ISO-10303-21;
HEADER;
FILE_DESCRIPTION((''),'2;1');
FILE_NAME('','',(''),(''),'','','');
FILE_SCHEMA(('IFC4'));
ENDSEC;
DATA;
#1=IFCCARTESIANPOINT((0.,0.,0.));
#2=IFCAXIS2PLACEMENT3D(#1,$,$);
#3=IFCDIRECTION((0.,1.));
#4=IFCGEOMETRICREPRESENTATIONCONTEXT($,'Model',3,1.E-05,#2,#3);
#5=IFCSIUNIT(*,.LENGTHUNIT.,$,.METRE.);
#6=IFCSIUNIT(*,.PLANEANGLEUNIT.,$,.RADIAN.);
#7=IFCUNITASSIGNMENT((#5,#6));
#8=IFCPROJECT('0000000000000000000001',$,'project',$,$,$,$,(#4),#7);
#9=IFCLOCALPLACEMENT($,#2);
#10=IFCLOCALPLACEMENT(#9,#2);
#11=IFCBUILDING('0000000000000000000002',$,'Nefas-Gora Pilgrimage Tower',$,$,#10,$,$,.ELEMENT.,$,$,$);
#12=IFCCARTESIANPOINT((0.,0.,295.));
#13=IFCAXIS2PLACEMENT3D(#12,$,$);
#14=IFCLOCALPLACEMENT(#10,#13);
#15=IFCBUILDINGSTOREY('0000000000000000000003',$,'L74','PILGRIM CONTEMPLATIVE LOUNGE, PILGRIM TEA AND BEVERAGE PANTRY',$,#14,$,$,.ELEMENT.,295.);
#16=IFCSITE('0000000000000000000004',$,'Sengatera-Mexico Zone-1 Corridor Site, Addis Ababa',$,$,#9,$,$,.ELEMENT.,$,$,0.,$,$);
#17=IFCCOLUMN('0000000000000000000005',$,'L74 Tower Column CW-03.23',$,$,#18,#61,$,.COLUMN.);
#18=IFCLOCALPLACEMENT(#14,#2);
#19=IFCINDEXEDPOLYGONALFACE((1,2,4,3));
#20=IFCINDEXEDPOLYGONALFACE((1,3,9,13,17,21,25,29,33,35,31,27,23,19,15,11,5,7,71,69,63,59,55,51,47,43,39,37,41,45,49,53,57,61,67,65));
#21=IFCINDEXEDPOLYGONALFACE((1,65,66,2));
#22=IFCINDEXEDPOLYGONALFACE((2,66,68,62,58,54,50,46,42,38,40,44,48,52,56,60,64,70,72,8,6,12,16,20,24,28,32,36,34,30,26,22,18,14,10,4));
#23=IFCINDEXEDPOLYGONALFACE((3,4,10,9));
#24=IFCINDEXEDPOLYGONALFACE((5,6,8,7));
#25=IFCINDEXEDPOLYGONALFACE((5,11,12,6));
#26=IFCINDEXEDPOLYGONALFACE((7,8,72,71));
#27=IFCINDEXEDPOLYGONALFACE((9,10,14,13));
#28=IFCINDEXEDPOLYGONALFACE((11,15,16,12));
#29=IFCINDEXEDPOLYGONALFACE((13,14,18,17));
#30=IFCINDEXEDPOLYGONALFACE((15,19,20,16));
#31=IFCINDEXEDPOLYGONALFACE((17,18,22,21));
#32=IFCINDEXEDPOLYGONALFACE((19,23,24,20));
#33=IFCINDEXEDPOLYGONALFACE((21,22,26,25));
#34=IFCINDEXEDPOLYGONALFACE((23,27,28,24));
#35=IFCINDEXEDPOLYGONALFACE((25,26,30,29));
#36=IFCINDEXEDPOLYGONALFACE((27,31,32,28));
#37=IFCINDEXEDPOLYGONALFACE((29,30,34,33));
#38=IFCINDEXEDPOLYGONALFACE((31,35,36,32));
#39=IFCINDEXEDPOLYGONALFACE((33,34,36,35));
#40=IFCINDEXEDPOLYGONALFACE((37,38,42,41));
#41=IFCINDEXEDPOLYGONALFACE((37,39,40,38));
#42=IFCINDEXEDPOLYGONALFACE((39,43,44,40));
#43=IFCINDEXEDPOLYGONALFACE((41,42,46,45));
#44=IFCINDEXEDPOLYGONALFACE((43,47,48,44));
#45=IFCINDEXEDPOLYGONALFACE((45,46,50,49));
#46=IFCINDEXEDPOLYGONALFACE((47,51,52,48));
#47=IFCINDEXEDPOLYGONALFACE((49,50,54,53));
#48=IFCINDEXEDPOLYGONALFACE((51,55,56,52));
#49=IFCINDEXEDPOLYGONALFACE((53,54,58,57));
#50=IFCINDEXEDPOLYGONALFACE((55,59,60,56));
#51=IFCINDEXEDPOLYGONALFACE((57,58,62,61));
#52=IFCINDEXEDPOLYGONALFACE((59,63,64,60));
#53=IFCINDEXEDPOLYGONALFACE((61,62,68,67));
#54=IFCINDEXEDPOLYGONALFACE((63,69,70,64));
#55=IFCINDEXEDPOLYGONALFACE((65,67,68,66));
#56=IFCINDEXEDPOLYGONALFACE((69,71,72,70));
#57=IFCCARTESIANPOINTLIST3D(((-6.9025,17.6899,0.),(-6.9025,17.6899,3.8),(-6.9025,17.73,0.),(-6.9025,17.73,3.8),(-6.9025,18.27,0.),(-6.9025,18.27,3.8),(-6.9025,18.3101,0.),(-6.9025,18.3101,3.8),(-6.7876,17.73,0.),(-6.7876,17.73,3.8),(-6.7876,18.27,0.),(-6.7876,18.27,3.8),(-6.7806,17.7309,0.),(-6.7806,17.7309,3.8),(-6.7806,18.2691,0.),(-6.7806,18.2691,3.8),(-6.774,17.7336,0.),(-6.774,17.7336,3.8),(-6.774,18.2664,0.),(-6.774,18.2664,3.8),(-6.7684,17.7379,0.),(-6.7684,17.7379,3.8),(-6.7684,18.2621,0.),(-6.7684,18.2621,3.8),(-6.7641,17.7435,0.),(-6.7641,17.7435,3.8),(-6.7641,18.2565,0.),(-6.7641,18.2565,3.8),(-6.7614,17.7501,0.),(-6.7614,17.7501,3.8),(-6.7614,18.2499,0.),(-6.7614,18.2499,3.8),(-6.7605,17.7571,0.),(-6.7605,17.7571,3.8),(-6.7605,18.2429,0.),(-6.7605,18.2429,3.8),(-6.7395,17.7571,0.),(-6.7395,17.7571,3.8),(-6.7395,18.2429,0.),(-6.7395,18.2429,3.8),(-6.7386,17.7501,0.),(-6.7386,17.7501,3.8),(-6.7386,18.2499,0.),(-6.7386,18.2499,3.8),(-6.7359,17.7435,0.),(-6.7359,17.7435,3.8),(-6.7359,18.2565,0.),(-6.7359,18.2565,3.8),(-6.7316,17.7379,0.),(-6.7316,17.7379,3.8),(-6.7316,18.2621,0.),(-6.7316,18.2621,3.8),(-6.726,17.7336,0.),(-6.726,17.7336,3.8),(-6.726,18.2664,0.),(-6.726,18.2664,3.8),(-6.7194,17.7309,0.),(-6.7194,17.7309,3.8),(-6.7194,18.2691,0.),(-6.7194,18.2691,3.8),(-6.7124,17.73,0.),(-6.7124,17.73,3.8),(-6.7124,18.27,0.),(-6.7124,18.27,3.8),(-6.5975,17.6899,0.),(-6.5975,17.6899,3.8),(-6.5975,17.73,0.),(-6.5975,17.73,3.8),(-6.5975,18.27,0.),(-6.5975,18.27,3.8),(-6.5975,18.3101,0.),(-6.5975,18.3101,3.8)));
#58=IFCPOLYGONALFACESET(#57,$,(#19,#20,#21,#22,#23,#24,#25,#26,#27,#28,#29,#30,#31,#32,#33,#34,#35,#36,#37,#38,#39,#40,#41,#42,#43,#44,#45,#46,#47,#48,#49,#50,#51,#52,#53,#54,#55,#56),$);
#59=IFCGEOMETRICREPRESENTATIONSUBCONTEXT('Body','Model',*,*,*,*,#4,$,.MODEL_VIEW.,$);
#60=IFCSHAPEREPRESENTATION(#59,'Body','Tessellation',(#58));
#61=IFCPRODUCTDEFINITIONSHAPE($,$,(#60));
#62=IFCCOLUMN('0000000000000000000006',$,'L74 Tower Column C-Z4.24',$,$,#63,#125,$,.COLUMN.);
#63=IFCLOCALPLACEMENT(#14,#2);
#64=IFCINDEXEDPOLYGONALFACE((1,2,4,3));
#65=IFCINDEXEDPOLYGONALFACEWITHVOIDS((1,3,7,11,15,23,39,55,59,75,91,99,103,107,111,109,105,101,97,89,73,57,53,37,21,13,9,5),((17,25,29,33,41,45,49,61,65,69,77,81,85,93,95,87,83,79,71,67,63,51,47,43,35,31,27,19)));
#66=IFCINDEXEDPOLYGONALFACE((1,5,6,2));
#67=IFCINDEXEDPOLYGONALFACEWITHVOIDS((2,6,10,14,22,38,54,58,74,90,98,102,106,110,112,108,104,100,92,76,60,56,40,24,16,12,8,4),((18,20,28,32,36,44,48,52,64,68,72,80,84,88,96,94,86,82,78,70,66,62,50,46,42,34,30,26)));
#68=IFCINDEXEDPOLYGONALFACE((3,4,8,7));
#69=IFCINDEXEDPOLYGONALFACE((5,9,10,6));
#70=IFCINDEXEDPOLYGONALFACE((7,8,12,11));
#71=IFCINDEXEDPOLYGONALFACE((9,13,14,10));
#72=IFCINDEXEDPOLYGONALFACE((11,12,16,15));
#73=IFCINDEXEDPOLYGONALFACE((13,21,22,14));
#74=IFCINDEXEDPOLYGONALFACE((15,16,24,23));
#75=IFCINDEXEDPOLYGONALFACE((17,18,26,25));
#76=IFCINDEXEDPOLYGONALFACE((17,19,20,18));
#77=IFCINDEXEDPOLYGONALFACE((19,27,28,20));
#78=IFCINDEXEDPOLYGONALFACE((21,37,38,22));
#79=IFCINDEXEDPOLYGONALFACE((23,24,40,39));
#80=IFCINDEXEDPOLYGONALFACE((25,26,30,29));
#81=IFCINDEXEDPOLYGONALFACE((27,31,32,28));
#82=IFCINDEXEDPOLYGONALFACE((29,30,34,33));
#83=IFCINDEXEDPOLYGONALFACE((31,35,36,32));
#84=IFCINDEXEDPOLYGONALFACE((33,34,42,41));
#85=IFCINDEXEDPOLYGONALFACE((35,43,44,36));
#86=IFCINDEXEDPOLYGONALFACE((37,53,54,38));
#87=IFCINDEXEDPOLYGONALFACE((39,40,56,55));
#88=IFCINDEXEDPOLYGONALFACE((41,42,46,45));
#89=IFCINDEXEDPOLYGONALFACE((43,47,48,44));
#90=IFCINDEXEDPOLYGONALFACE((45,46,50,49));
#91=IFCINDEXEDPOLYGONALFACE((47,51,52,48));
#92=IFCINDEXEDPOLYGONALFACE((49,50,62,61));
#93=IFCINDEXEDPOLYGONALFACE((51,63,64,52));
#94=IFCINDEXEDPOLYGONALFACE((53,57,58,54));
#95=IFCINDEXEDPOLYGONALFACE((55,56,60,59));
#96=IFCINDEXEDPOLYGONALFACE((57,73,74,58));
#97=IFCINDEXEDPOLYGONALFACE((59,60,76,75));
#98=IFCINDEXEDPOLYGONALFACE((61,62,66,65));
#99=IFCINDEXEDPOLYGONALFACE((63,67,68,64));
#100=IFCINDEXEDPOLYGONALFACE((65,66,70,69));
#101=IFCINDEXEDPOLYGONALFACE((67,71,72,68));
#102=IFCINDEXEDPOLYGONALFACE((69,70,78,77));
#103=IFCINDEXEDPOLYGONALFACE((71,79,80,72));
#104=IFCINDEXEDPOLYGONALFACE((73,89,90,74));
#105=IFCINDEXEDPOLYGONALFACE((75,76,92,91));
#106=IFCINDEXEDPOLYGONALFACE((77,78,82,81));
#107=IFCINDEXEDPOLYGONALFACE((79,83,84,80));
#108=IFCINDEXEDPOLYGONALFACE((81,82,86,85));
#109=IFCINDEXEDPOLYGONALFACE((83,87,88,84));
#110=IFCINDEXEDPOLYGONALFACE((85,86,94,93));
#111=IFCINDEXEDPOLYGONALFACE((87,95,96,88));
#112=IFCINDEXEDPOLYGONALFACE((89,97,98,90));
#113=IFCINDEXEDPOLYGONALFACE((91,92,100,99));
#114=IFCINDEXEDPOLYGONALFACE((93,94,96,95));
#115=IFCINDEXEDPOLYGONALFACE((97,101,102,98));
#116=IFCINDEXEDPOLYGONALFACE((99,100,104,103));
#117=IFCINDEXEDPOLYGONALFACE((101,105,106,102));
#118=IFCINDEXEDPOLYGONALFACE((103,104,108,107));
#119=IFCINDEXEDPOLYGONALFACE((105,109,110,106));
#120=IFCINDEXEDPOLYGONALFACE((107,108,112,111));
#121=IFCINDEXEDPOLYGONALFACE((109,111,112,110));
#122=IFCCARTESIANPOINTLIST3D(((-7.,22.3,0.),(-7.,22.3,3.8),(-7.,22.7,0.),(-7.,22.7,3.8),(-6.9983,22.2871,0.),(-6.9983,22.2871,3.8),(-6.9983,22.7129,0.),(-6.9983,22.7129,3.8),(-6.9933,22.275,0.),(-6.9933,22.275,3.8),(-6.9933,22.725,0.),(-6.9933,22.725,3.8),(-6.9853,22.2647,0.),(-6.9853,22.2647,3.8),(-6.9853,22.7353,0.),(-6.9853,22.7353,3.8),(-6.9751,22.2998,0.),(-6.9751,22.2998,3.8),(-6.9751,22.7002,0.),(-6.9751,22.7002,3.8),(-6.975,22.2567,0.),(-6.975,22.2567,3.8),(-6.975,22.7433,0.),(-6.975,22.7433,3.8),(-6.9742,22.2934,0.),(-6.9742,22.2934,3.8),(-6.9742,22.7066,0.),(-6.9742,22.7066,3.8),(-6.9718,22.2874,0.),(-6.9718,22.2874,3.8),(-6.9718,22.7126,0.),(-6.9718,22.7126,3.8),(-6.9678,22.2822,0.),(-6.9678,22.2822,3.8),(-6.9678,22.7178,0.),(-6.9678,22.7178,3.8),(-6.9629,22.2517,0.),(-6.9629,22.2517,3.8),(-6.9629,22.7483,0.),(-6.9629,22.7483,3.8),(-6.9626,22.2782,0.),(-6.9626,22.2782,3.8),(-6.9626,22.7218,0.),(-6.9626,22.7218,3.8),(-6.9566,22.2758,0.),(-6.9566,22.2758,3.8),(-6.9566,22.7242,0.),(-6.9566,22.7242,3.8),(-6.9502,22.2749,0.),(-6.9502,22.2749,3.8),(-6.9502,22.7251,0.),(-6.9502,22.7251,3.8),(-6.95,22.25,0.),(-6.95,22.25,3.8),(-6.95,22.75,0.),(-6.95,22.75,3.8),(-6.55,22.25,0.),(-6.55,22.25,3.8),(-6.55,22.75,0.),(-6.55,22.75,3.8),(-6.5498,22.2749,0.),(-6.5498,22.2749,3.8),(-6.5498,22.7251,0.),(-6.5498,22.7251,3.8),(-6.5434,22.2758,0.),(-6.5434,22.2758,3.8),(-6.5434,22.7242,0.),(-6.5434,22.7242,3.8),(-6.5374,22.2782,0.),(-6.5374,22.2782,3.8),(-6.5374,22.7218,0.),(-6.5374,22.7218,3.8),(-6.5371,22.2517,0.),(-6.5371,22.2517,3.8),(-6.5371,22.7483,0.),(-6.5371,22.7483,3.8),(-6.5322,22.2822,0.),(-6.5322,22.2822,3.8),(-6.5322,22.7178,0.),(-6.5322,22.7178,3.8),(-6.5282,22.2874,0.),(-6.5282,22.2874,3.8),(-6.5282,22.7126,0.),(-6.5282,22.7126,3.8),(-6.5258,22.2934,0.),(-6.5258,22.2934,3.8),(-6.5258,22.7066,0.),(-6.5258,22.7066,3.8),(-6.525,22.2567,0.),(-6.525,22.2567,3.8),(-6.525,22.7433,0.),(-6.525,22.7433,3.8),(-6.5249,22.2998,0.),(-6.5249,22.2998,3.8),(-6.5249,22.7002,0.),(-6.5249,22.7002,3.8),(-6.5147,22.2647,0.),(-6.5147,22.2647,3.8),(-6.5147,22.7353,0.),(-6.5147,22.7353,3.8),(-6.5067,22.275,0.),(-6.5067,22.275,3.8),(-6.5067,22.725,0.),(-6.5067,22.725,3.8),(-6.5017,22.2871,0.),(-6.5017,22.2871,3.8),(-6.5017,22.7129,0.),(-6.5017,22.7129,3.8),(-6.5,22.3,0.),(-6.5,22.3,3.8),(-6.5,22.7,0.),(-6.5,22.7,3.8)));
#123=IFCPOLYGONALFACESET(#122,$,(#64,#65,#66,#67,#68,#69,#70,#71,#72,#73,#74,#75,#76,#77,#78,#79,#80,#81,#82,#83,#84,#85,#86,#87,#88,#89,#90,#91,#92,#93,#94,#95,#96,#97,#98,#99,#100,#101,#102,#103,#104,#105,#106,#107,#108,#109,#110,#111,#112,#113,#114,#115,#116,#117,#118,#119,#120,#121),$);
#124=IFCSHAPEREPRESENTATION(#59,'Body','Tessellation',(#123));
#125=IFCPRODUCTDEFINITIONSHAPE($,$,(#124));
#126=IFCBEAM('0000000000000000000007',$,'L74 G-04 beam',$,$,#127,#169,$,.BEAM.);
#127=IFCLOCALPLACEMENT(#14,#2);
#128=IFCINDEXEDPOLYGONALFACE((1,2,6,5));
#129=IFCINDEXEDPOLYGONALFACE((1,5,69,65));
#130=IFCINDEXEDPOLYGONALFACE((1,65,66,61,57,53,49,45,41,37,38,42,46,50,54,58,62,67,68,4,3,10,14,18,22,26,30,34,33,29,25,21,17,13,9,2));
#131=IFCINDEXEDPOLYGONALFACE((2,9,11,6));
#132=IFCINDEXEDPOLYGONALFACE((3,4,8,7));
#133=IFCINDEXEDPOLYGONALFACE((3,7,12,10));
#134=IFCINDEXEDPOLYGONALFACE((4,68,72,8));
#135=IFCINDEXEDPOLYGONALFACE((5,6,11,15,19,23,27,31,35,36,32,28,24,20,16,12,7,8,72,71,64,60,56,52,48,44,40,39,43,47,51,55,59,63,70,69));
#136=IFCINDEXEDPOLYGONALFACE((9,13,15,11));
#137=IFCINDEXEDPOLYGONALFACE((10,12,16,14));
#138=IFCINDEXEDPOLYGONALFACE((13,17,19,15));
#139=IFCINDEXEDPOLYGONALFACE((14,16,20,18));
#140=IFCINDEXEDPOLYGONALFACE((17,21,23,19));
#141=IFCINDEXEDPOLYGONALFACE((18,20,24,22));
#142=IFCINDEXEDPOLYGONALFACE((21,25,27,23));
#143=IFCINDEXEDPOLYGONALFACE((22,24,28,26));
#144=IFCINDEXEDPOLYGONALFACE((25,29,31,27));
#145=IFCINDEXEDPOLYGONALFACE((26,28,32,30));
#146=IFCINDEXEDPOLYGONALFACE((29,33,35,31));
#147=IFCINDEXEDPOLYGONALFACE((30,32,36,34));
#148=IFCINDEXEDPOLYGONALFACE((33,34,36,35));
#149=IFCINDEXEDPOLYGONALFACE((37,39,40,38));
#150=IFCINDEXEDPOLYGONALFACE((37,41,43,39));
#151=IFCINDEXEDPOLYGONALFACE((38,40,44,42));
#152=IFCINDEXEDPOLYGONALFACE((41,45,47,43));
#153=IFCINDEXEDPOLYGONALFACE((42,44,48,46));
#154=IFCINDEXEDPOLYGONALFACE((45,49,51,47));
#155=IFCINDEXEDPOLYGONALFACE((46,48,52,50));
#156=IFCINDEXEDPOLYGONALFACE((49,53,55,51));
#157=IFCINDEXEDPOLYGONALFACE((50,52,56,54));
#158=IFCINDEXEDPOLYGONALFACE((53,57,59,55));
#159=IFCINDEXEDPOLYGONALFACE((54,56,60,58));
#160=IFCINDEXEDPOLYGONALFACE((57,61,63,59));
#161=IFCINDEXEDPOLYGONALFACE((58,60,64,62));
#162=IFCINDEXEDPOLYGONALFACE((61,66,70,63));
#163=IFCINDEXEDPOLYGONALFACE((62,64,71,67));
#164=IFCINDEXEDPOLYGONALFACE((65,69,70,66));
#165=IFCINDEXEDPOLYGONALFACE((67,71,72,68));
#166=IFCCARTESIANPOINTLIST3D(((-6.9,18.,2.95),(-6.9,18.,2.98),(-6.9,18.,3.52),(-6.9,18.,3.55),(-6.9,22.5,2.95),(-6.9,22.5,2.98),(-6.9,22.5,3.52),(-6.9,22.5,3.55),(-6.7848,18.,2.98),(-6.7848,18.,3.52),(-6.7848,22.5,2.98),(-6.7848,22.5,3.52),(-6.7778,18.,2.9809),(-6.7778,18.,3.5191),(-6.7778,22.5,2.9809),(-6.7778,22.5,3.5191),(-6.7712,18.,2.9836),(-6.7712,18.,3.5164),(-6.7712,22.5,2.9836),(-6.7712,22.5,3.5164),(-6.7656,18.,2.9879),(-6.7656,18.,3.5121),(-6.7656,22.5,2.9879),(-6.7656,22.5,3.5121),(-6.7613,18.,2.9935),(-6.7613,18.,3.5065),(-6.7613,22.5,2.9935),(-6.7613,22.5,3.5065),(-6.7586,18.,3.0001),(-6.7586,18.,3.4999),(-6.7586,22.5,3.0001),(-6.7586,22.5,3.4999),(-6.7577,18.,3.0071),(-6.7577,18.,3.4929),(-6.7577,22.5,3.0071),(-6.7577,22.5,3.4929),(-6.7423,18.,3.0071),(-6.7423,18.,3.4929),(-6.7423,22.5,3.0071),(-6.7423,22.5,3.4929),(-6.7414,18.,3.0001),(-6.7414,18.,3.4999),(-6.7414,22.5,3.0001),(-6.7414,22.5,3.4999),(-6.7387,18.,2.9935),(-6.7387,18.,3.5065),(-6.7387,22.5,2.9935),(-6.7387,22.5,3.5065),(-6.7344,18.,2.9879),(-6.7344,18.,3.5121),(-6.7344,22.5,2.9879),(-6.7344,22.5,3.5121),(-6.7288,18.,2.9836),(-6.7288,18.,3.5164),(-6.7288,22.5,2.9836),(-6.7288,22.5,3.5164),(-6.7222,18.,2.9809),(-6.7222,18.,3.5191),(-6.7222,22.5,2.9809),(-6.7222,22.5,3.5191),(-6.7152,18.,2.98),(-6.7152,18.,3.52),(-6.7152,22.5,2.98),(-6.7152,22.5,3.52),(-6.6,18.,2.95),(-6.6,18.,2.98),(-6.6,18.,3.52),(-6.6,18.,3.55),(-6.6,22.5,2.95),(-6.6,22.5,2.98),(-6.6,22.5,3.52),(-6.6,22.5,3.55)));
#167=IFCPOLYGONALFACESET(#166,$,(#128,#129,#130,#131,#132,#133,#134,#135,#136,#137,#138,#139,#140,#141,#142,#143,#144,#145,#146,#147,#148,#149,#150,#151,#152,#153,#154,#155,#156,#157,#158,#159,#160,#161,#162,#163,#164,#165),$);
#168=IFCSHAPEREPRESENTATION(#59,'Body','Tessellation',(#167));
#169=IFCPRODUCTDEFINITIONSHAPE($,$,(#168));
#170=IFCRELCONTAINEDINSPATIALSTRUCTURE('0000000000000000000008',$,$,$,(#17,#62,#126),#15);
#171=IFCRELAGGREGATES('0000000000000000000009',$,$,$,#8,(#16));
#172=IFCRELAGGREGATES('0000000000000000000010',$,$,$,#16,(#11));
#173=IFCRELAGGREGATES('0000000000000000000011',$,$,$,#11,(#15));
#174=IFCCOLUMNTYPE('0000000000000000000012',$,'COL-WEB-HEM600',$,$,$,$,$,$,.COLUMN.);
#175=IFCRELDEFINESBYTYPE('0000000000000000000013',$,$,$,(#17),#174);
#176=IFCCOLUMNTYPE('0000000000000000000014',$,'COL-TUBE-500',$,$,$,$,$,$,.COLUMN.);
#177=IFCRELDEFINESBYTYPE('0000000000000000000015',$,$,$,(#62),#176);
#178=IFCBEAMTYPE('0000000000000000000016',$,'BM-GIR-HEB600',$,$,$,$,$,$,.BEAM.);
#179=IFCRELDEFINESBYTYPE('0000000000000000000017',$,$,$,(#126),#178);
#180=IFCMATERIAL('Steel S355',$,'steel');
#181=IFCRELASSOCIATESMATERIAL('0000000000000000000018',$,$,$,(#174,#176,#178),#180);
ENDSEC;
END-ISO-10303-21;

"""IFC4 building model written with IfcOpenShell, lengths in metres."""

from ifc_helpers import new_model, si_unit, direction, frame, origin, origin_2d, place, context, subcontext, project, spatial, hollow_rectangle, i_section, extrude, source, transform, mapped, material, material_profile, profile_set, type_object, element, save


model = new_model("IFC4")

# Units and contexts
model_context = context("Model", 3, precision=1e-05, world=origin(), true_north=direction((0.0, 1.0)))
body_context = subcontext(model_context, "Body", "Model", "MODEL_VIEW")
ifc_project = project(units=[si_unit("LENGTHUNIT", "METRE"), si_unit("PLANEANGLEUNIT", "RADIAN")], contexts=[model_context])

# Site, building, storey
site_placement = place(None, origin())
site = spatial("IfcSite", under=ifc_project, at=site_placement, Name="Sengatera-Mexico Zone-1 Corridor Site, Addis Ababa", CompositionType="ELEMENT", RefElevation=0.0)
building_placement = place(site_placement, origin())
building = spatial("IfcBuilding", under=site, at=building_placement, Name="Nefas-Gora Pilgrimage Tower", CompositionType="ELEMENT")
storey_placement = place(building_placement, frame((0.0, 0.0, 295.0)))
storey = spatial("IfcBuildingStorey", under=building, at=storey_placement, Name="L74", Description="PILGRIM CONTEMPLATIVE LOUNGE, PILGRIM TEA AND BEVERAGE PANTRY", CompositionType="ELEMENT", Elevation=295.0)

# Columns
ifc_material_1 = material(Name="Steel S355", Category="steel")
ifc_material_profile_1 = material_profile(ifc_material_1, i_section(OverallWidth=0.3049, OverallDepth=0.6201, WebThickness=0.021, FlangeThickness=0.04, FilletRadius=0.0271, at=origin_2d()), Name="HEM 600")
ifc_profile_set_1 = profile_set([ifc_material_profile_1], Name="Steel S355")
column_type_1 = type_object("IfcColumnType", Name="COL-WEB-HEM600", PredefinedType="COLUMN", material=ifc_profile_set_1)
shared_shape_1 = source(origin(), body_context, "Body", "SweptSolid", [
    extrude(i_section(OverallWidth=0.3049, OverallDepth=0.6201, WebThickness=0.021, FlangeThickness=0.04, FilletRadius=0.0271, at=origin_2d()), origin(), (0.0, 0.0, 1.0), 3.8),
])
column_1_placement = place(storey_placement, frame((-6.75, 18.0, 0.0), z_axis=(0.0, 0.0, 1.0), x_axis=(1.0, 0.0, 0.0)))
element("IfcColumn", 1, at=column_1_placement, inside=storey, type_object=column_type_1, Name="L74 Tower Column CW-03.23", PredefinedType="COLUMN", context=body_context, shape_type="MappedRepresentation", body=[
    mapped(shared_shape_1, transform((0.0, 0.0, 0.0), x_axis=(1.0, 0.0, 0.0), y_axis=(0.0, 1.0, 0.0), z_axis=(0.0, 0.0, 1.0), scale=1.0)),
])
ifc_material_profile_2 = material_profile(ifc_material_1, hollow_rectangle(XDim=0.5, YDim=0.5, WallThickness=0.0249, InnerFilletRadius=0.0249, OuterFilletRadius=0.05, at=origin_2d()), Name="SHS 500x500x25")
ifc_profile_set_2 = profile_set([ifc_material_profile_2], Name="Steel S355")
column_type_2 = type_object("IfcColumnType", Name="COL-TUBE-500", PredefinedType="COLUMN", material=ifc_profile_set_2)
shared_shape_2 = source(origin(), body_context, "Body", "SweptSolid", [
    extrude(hollow_rectangle(XDim=0.5, YDim=0.5, WallThickness=0.0249, InnerFilletRadius=0.0249, OuterFilletRadius=0.05, at=origin_2d()), origin(), (0.0, 0.0, 1.0), 3.8),
])
column_2_placement = place(storey_placement, frame((-6.75, 22.5, 0.0), z_axis=(0.0, 0.0, 1.0), x_axis=(1.0, 0.0, 0.0)))
element("IfcColumn", 2, at=column_2_placement, inside=storey, type_object=column_type_2, Name="L74 Tower Column C-Z4.24", PredefinedType="COLUMN", context=body_context, shape_type="MappedRepresentation", body=[
    mapped(shared_shape_2, transform((0.0, 0.0, 0.0), x_axis=(1.0, 0.0, 0.0), y_axis=(0.0, 1.0, 0.0), z_axis=(0.0, 0.0, 1.0), scale=1.0)),
])

# Beam
ifc_material_profile_3 = material_profile(ifc_material_1, i_section(OverallWidth=0.3, OverallDepth=0.6001, WebThickness=0.0154, FlangeThickness=0.03, FilletRadius=0.0271, at=origin_2d()), Name="HEB 600")
ifc_profile_set_3 = profile_set([ifc_material_profile_3], Name="Steel S355")
beam_type = type_object("IfcBeamType", Name="BM-GIR-HEB600", PredefinedType="BEAM", material=ifc_profile_set_3)
shared_shape_3 = source(origin(), body_context, "Body", "SweptSolid", [
    extrude(i_section(OverallWidth=0.3, OverallDepth=0.6001, WebThickness=0.0154, FlangeThickness=0.03, FilletRadius=0.0271, at=origin_2d()), origin(), (0.0, 0.0, 1.0), 4.5),
])
for number, where, z_axis, x_axis, name in (
    (3, (-6.75, 18.0, 3.25), (0.0, 1.0, 0.0), (-1.0, 0.0, 0.0), "L74 G-04 beam"),
):
    element("IfcBeam", number, at=place(storey_placement, frame(where, z_axis=z_axis, x_axis=x_axis)), inside=storey, type_object=beam_type, Name=name, PredefinedType="BEAM", context=body_context, shape_type="MappedRepresentation", body=[
        mapped(shared_shape_3, transform((0.0, 0.0, 0.0), x_axis=(1.0, 0.0, 0.0), y_axis=(0.0, 1.0, 0.0), z_axis=(0.0, 0.0, 1.0), scale=1.0)),
    ])

save(model, "model.ifc")
